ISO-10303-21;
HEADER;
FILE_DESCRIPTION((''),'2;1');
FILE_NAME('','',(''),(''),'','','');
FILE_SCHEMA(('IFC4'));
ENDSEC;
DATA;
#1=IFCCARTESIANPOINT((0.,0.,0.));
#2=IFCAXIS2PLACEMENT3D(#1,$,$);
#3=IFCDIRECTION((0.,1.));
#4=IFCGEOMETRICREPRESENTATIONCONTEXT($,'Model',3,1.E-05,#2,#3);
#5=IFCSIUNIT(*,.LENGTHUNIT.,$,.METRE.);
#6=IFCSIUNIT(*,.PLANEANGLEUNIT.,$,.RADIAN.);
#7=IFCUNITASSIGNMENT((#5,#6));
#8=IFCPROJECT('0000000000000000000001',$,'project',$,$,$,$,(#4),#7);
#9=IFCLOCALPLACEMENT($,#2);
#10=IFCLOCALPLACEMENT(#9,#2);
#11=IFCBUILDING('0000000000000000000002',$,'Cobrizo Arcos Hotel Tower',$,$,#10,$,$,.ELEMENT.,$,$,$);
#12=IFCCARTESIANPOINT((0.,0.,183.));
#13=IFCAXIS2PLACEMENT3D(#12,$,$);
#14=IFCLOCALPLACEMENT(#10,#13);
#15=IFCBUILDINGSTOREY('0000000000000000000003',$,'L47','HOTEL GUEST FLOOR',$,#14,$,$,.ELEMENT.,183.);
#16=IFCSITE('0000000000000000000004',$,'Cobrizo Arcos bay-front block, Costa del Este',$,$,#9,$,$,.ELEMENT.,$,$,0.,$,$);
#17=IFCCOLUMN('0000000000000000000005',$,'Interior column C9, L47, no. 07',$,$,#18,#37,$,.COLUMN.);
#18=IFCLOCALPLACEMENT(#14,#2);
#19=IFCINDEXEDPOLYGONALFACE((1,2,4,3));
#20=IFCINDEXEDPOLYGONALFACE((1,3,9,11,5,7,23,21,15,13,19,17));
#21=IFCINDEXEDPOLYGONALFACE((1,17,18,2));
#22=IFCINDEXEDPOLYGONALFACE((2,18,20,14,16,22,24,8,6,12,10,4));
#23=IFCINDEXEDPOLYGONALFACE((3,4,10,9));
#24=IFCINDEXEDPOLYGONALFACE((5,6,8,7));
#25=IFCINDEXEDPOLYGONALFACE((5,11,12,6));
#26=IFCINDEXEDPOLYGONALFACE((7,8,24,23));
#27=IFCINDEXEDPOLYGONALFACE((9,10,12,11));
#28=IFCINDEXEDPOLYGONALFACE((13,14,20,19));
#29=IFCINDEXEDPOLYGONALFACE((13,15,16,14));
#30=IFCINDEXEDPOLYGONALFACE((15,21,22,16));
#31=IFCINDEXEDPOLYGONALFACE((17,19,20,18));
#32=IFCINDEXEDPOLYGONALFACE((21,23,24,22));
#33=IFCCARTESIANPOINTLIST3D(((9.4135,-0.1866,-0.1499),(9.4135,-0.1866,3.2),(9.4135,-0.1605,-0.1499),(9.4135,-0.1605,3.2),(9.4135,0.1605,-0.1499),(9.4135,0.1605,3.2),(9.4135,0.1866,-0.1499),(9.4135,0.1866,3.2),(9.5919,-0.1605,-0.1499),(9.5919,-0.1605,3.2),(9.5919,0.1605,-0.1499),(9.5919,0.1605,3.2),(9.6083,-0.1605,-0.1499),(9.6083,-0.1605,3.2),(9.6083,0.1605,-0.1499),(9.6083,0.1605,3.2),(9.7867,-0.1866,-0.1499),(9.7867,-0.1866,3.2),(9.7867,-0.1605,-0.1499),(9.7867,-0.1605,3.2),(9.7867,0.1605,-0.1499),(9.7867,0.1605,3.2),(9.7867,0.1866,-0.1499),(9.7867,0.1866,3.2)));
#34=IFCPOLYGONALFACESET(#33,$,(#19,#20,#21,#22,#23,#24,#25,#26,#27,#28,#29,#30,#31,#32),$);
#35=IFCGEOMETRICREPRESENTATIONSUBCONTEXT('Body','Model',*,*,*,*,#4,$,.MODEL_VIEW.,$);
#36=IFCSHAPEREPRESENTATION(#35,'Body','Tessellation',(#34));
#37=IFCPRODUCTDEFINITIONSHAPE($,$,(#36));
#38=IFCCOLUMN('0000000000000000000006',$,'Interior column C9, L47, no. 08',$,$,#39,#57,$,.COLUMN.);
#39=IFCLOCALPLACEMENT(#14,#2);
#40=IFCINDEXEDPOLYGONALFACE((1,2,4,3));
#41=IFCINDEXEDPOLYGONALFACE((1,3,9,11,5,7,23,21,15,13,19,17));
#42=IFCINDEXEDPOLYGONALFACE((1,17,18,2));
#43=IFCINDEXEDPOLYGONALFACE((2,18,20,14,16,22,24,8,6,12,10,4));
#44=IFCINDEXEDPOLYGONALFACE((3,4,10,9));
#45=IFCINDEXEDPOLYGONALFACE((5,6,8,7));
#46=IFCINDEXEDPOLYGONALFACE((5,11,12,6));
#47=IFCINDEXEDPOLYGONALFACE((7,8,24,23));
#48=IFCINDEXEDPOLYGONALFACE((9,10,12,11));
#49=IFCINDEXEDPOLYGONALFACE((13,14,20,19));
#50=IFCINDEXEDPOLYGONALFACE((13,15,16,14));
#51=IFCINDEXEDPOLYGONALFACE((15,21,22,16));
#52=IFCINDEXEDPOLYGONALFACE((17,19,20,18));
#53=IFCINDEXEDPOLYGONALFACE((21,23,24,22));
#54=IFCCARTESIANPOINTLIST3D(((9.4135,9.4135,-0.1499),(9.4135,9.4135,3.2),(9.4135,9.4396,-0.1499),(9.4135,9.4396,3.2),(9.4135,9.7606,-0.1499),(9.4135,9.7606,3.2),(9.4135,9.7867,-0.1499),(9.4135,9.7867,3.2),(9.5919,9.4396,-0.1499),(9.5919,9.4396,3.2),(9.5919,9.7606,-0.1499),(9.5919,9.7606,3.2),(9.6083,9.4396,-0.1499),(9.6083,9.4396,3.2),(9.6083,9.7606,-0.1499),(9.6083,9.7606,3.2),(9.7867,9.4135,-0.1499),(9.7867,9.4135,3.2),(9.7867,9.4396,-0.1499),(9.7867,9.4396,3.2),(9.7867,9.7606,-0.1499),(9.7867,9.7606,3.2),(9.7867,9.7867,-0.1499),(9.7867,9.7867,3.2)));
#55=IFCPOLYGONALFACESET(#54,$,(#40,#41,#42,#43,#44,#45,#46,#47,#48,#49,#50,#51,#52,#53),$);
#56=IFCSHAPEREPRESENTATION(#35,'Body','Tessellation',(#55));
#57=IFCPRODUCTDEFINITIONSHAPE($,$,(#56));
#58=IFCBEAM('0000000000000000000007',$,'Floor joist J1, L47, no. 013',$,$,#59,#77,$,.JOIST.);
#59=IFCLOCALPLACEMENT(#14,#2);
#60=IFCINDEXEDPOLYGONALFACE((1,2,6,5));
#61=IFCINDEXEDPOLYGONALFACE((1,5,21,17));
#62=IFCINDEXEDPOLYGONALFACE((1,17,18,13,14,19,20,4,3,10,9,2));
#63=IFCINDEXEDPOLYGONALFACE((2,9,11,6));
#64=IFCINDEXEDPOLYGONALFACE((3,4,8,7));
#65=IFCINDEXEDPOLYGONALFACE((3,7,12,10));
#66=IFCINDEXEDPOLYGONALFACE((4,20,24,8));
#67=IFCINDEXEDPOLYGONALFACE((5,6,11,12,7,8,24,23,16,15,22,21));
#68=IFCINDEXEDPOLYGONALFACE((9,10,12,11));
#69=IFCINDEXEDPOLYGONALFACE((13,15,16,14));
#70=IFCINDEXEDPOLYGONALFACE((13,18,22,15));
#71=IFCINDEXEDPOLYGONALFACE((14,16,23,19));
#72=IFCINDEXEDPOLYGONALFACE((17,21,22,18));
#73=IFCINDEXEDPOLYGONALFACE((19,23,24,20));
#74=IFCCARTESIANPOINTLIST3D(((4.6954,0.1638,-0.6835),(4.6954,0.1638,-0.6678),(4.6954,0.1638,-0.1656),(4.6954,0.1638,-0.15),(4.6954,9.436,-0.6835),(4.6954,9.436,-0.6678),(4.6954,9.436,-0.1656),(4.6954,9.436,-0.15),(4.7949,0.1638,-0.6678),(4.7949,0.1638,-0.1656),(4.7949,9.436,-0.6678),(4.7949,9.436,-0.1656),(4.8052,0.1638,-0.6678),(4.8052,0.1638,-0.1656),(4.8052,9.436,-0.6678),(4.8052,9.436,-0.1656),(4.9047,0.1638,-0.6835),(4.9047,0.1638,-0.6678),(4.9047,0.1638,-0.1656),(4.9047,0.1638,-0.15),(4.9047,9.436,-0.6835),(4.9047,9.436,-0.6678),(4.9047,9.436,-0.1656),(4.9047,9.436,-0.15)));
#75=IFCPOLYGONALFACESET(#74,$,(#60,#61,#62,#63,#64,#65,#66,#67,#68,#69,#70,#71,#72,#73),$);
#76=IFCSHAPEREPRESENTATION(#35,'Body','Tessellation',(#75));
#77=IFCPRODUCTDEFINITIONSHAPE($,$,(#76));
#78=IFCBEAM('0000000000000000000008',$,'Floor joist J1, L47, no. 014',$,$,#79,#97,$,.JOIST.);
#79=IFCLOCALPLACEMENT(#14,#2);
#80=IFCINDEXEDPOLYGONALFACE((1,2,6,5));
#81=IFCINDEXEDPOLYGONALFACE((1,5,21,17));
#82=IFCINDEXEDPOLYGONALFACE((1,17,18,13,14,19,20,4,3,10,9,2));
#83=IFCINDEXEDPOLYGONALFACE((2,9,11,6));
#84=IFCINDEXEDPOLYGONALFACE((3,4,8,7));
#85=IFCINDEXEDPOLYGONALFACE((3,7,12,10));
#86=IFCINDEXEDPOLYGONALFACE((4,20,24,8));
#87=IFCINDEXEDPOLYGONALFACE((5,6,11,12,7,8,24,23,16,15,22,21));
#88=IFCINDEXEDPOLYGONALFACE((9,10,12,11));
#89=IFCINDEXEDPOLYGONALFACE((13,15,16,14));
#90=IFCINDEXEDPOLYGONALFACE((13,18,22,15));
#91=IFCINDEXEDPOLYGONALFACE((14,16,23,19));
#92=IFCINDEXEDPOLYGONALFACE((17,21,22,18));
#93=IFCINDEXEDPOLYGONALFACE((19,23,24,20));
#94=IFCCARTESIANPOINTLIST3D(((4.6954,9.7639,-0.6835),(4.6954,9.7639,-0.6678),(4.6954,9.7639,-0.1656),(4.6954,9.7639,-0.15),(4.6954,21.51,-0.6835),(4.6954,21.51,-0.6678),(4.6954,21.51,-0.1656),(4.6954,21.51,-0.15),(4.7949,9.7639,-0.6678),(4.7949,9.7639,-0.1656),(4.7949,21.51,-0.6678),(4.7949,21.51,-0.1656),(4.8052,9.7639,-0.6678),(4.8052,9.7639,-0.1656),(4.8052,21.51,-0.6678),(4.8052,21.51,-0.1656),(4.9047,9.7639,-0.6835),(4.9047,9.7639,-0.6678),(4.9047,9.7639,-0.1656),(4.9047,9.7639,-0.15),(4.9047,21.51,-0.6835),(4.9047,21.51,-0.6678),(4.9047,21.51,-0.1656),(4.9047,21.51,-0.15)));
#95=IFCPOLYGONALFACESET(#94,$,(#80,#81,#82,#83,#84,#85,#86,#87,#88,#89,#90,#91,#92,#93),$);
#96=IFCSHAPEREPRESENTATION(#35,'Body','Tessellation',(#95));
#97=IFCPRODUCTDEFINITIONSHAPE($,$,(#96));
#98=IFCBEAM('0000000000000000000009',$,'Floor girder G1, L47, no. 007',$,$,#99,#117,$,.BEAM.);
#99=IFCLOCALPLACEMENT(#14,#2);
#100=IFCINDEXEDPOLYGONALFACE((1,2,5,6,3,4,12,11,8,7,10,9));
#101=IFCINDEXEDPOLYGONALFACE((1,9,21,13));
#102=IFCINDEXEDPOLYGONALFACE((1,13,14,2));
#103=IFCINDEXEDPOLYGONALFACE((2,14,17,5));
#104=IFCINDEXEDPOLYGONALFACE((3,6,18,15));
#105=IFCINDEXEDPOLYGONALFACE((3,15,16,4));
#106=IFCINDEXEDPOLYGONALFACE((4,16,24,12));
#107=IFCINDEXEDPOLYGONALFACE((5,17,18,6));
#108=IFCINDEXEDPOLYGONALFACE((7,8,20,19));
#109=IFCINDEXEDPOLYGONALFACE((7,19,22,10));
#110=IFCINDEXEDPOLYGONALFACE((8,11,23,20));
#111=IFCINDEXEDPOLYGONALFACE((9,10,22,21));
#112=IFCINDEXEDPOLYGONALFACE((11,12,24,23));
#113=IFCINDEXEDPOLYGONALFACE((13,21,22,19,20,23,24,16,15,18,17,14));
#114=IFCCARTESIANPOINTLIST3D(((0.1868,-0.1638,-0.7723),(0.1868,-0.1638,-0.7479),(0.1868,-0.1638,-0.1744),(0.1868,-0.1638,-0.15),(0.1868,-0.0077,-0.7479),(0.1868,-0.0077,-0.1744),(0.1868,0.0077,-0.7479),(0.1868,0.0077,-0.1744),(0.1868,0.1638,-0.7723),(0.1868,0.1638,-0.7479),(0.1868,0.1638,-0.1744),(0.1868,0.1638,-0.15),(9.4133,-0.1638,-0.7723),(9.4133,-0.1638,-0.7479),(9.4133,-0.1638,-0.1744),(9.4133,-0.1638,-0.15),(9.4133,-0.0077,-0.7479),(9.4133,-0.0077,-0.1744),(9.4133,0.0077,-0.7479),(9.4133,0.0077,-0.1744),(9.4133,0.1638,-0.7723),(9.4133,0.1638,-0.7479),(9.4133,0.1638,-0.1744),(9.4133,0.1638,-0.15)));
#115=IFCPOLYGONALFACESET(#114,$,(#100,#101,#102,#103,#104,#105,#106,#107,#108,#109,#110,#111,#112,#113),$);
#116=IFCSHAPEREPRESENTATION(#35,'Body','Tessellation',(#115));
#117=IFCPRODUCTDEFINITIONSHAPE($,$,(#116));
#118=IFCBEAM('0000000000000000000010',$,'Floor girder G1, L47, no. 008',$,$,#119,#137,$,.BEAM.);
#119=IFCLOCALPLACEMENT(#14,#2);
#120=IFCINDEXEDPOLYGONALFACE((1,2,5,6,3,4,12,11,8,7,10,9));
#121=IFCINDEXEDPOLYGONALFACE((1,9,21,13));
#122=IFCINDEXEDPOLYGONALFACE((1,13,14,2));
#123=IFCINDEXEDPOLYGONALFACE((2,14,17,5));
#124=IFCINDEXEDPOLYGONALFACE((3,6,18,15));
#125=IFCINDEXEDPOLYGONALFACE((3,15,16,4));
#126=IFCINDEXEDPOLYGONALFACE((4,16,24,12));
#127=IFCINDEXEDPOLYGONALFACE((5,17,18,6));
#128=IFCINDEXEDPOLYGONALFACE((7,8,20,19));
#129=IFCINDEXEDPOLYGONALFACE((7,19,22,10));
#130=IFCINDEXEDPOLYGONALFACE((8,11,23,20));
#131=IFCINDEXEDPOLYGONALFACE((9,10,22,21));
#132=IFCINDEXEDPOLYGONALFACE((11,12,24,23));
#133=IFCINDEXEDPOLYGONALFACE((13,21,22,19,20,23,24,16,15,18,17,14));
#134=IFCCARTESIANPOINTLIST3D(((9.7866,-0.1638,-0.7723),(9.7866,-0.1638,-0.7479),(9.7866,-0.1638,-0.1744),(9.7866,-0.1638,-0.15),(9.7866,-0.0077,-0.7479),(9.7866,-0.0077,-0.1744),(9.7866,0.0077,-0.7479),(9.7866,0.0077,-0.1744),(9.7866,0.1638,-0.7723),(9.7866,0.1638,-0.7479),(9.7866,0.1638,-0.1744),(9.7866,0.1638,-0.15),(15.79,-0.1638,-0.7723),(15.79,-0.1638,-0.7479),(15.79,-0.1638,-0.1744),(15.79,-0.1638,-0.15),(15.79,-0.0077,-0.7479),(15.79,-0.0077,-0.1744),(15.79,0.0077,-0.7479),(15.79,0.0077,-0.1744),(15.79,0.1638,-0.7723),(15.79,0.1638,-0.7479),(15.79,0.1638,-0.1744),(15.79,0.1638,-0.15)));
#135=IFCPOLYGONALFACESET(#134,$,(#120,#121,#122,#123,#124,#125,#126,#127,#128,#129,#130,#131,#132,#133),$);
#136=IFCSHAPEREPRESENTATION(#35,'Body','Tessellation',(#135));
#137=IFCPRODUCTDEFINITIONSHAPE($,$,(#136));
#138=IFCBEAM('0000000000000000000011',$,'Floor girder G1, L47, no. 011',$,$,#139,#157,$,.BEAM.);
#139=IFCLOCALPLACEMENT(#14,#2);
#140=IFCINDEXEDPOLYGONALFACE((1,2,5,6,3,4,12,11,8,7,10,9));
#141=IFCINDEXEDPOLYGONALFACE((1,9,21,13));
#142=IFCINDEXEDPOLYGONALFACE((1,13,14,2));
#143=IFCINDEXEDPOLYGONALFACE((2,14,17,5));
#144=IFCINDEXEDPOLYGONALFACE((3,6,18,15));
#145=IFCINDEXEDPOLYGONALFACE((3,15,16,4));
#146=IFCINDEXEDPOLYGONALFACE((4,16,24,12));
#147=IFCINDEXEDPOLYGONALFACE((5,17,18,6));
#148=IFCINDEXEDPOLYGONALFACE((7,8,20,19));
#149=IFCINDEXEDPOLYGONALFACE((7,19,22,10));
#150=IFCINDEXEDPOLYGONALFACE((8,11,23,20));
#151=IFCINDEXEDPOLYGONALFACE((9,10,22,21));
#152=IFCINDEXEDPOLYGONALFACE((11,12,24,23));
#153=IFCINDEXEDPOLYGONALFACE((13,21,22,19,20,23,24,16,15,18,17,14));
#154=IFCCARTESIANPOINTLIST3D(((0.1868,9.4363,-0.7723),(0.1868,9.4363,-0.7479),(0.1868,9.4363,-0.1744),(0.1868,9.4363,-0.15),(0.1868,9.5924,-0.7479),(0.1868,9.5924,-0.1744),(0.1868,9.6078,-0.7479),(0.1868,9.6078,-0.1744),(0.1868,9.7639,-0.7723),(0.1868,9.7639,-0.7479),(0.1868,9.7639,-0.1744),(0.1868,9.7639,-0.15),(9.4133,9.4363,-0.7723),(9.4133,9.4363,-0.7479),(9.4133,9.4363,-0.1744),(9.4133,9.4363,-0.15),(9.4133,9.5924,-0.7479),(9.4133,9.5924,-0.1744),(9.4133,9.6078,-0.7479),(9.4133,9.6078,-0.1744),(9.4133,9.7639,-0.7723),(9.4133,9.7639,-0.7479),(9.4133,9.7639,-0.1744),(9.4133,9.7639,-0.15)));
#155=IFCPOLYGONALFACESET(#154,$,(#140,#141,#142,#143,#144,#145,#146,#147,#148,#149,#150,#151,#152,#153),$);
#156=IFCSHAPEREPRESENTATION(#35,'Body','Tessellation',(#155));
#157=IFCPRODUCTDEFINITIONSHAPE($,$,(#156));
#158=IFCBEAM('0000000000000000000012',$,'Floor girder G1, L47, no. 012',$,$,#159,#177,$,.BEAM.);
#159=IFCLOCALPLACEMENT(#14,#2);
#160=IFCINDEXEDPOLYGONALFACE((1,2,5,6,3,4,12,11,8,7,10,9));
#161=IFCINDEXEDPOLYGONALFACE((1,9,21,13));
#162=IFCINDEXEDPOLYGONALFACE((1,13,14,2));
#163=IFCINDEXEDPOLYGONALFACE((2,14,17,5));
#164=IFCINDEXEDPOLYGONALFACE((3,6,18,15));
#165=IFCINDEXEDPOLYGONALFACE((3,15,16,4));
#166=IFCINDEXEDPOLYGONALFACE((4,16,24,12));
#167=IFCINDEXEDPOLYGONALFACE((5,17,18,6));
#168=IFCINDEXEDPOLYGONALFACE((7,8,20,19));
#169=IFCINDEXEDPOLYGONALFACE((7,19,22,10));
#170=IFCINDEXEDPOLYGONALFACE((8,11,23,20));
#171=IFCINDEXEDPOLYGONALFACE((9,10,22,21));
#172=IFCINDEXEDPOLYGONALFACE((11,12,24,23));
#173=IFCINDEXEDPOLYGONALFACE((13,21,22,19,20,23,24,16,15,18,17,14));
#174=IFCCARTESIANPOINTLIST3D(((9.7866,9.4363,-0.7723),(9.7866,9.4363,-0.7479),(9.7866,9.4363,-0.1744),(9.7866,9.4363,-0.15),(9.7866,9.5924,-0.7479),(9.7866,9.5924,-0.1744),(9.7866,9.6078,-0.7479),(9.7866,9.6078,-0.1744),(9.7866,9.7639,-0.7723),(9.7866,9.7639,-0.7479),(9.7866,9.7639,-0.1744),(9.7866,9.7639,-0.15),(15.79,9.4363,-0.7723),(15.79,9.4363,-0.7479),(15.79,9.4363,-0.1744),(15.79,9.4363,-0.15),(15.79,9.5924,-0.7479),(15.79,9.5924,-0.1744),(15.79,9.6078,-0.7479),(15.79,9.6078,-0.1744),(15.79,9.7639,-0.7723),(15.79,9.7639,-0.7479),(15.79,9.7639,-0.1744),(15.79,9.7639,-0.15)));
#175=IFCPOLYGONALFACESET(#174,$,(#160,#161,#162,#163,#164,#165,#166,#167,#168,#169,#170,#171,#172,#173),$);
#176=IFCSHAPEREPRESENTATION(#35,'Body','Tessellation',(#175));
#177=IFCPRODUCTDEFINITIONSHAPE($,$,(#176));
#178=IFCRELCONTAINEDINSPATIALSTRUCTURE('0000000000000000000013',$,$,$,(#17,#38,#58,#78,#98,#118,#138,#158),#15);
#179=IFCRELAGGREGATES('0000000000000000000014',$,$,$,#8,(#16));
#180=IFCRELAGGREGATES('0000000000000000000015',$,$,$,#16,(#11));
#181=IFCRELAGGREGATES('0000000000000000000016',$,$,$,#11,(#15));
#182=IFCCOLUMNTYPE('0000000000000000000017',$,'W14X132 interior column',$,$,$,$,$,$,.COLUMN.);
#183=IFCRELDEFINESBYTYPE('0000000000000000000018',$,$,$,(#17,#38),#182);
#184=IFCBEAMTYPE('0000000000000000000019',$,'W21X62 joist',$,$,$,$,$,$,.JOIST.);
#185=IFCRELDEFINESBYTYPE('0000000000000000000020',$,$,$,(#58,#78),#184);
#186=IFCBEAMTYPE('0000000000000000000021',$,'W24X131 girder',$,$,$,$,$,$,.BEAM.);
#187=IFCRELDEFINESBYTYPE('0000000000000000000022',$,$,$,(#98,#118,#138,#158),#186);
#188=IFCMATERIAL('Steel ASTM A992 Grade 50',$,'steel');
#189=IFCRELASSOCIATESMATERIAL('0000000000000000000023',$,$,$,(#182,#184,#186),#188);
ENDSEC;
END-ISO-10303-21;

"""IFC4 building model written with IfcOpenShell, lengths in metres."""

from ifc_helpers import new_model, si_unit, direction, frame, origin, origin_2d, place, context, subcontext, project, spatial, i_section, extrude, material, material_profile, profile_set, type_object, element, save


model = new_model("IFC4")

# Units and contexts
model_context = context("Model", 3, precision=1e-05, world=origin(), true_north=direction((0.0, 1.0)))
body_context = subcontext(model_context, "Body", "Model", "MODEL_VIEW")
ifc_project = project(units=[si_unit("LENGTHUNIT", "METRE"), si_unit("PLANEANGLEUNIT", "RADIAN")], contexts=[model_context])

# Site, building, storey
site_placement = place(None, origin())
site = spatial("IfcSite", under=ifc_project, at=site_placement, Name="Cobrizo Arcos bay-front block, Costa del Este", CompositionType="ELEMENT", RefElevation=0.0)
building_placement = place(site_placement, origin())
building = spatial("IfcBuilding", under=site, at=building_placement, Name="Cobrizo Arcos Hotel Tower", CompositionType="ELEMENT")
storey_placement = place(building_placement, frame((0.0, 0.0, 183.0)))
storey = spatial("IfcBuildingStorey", under=building, at=storey_placement, Name="L47", Description="HOTEL GUEST FLOOR", CompositionType="ELEMENT", Elevation=183.0)

# Columns
ifc_material_1 = material(Name="Steel ASTM A992 Grade 50", Category="steel")
ifc_material_profile_1 = material_profile(ifc_material_1, i_section(OverallWidth=0.3733, OverallDepth=0.3733, WebThickness=0.0164, FlangeThickness=0.0261, at=origin_2d()), Name="W14X132")
ifc_profile_set_1 = profile_set([ifc_material_profile_1], Name="Steel ASTM A992 Grade 50")
column_type = type_object("IfcColumnType", Name="W14X132 interior column", PredefinedType="COLUMN", material=ifc_profile_set_1)
for number, where, z_axis, x_axis, name in (
    (1, (9.6001, 0.0, -0.1499), (0.0, 0.0, 1.0), (1.0, 0.0, 0.0), "Interior column C9, L47, no. 07"),
    (2, (9.6001, 9.6001, -0.1499), (0.0, 0.0, 1.0), (1.0, 0.0, 0.0), "Interior column C9, L47, no. 08"),
):
    element("IfcColumn", number, at=place(storey_placement, frame(where, z_axis=z_axis, x_axis=x_axis)), inside=storey, type_object=column_type, Name=name, PredefinedType="COLUMN", context=body_context, shape_type="SweptSolid", body=[
        extrude(i_section(OverallWidth=0.3733, OverallDepth=0.3733, WebThickness=0.0164, FlangeThickness=0.0261, at=origin_2d()), origin(), (0.0, 0.0, 1.0), 3.3499),
    ])

# Beams
ifc_material_profile_2 = material_profile(ifc_material_1, i_section(OverallWidth=0.2092, OverallDepth=0.5334, WebThickness=0.0103, FlangeThickness=0.0156, at=origin_2d()), Name="W21X62")
ifc_profile_set_2 = profile_set([ifc_material_profile_2], Name="Steel ASTM A992 Grade 50")
beam_type_1 = type_object("IfcBeamType", Name="W21X62 joist", PredefinedType="JOIST", material=ifc_profile_set_2)
beam_1_placement = place(storey_placement, frame((4.8, 0.1638, -0.4167), z_axis=(0.0, 1.0, 0.0), x_axis=(-1.0, 0.0, 0.0)))
element("IfcBeam", 3, at=beam_1_placement, inside=storey, type_object=beam_type_1, Name="Floor joist J1, L47, no. 013", PredefinedType="JOIST", context=body_context, shape_type="SweptSolid", body=[
    extrude(i_section(OverallWidth=0.2092, OverallDepth=0.5334, WebThickness=0.0103, FlangeThickness=0.0156, at=origin_2d()), origin(), (0.0, 0.0, 1.0), 9.2722),
])
beam_2_placement = place(storey_placement, frame((4.8, 9.7639, -0.4167), z_axis=(0.0, 1.0, 0.0), x_axis=(-1.0, 0.0, 0.0)))
element("IfcBeam", 4, at=beam_2_placement, inside=storey, type_object=beam_type_1, Name="Floor joist J1, L47, no. 014", PredefinedType="JOIST", context=body_context, shape_type="SweptSolid", body=[
    extrude(i_section(OverallWidth=0.2092, OverallDepth=0.5334, WebThickness=0.0103, FlangeThickness=0.0156, at=origin_2d()), origin(), (0.0, 0.0, 1.0), 11.7461),
])
ifc_material_profile_3 = material_profile(ifc_material_1, i_section(OverallWidth=0.3276, OverallDepth=0.6223, WebThickness=0.0154, FlangeThickness=0.0244, at=origin_2d()), Name="W24X131")
ifc_profile_set_3 = profile_set([ifc_material_profile_3], Name="Steel ASTM A992 Grade 50")
beam_type_2 = type_object("IfcBeamType", Name="W24X131 girder", PredefinedType="BEAM", material=ifc_profile_set_3)
beam_3_placement = place(storey_placement, frame((0.1868, 0.0, -0.4612), z_axis=(1.0, 0.0, 0.0), x_axis=(0.0, 1.0, 0.0)))
element("IfcBeam", 5, at=beam_3_placement, inside=storey, type_object=beam_type_2, Name="Floor girder G1, L47, no. 007", PredefinedType="BEAM", context=body_context, shape_type="SweptSolid", body=[
    extrude(i_section(OverallWidth=0.3276, OverallDepth=0.6223, WebThickness=0.0154, FlangeThickness=0.0244, at=origin_2d()), origin(), (0.0, 0.0, 1.0), 9.2266),
])
beam_4_placement = place(storey_placement, frame((9.7866, 0.0, -0.4612), z_axis=(1.0, 0.0, 0.0), x_axis=(0.0, 1.0, 0.0)))
element("IfcBeam", 6, at=beam_4_placement, inside=storey, type_object=beam_type_2, Name="Floor girder G1, L47, no. 008", PredefinedType="BEAM", context=body_context, shape_type="SweptSolid", body=[
    extrude(i_section(OverallWidth=0.3276, OverallDepth=0.6223, WebThickness=0.0154, FlangeThickness=0.0244, at=origin_2d()), origin(), (0.0, 0.0, 1.0), 6.0034),
])
beam_5_placement = place(storey_placement, frame((0.1868, 9.6001, -0.4612), z_axis=(1.0, 0.0, 0.0), x_axis=(0.0, 1.0, 0.0)))
element("IfcBeam", 7, at=beam_5_placement, inside=storey, type_object=beam_type_2, Name="Floor girder G1, L47, no. 011", PredefinedType="BEAM", context=body_context, shape_type="SweptSolid", body=[
    extrude(i_section(OverallWidth=0.3276, OverallDepth=0.6223, WebThickness=0.0154, FlangeThickness=0.0244, at=origin_2d()), origin(), (0.0, 0.0, 1.0), 9.2266),
])
beam_6_placement = place(storey_placement, frame((9.7866, 9.6001, -0.4612), z_axis=(1.0, 0.0, 0.0), x_axis=(0.0, 1.0, 0.0)))
element("IfcBeam", 8, at=beam_6_placement, inside=storey, type_object=beam_type_2, Name="Floor girder G1, L47, no. 012", PredefinedType="BEAM", context=body_context, shape_type="SweptSolid", body=[
    extrude(i_section(OverallWidth=0.3276, OverallDepth=0.6223, WebThickness=0.0154, FlangeThickness=0.0244, at=origin_2d()), origin(), (0.0, 0.0, 1.0), 6.0034),
])

save(model, "model.ifc")
